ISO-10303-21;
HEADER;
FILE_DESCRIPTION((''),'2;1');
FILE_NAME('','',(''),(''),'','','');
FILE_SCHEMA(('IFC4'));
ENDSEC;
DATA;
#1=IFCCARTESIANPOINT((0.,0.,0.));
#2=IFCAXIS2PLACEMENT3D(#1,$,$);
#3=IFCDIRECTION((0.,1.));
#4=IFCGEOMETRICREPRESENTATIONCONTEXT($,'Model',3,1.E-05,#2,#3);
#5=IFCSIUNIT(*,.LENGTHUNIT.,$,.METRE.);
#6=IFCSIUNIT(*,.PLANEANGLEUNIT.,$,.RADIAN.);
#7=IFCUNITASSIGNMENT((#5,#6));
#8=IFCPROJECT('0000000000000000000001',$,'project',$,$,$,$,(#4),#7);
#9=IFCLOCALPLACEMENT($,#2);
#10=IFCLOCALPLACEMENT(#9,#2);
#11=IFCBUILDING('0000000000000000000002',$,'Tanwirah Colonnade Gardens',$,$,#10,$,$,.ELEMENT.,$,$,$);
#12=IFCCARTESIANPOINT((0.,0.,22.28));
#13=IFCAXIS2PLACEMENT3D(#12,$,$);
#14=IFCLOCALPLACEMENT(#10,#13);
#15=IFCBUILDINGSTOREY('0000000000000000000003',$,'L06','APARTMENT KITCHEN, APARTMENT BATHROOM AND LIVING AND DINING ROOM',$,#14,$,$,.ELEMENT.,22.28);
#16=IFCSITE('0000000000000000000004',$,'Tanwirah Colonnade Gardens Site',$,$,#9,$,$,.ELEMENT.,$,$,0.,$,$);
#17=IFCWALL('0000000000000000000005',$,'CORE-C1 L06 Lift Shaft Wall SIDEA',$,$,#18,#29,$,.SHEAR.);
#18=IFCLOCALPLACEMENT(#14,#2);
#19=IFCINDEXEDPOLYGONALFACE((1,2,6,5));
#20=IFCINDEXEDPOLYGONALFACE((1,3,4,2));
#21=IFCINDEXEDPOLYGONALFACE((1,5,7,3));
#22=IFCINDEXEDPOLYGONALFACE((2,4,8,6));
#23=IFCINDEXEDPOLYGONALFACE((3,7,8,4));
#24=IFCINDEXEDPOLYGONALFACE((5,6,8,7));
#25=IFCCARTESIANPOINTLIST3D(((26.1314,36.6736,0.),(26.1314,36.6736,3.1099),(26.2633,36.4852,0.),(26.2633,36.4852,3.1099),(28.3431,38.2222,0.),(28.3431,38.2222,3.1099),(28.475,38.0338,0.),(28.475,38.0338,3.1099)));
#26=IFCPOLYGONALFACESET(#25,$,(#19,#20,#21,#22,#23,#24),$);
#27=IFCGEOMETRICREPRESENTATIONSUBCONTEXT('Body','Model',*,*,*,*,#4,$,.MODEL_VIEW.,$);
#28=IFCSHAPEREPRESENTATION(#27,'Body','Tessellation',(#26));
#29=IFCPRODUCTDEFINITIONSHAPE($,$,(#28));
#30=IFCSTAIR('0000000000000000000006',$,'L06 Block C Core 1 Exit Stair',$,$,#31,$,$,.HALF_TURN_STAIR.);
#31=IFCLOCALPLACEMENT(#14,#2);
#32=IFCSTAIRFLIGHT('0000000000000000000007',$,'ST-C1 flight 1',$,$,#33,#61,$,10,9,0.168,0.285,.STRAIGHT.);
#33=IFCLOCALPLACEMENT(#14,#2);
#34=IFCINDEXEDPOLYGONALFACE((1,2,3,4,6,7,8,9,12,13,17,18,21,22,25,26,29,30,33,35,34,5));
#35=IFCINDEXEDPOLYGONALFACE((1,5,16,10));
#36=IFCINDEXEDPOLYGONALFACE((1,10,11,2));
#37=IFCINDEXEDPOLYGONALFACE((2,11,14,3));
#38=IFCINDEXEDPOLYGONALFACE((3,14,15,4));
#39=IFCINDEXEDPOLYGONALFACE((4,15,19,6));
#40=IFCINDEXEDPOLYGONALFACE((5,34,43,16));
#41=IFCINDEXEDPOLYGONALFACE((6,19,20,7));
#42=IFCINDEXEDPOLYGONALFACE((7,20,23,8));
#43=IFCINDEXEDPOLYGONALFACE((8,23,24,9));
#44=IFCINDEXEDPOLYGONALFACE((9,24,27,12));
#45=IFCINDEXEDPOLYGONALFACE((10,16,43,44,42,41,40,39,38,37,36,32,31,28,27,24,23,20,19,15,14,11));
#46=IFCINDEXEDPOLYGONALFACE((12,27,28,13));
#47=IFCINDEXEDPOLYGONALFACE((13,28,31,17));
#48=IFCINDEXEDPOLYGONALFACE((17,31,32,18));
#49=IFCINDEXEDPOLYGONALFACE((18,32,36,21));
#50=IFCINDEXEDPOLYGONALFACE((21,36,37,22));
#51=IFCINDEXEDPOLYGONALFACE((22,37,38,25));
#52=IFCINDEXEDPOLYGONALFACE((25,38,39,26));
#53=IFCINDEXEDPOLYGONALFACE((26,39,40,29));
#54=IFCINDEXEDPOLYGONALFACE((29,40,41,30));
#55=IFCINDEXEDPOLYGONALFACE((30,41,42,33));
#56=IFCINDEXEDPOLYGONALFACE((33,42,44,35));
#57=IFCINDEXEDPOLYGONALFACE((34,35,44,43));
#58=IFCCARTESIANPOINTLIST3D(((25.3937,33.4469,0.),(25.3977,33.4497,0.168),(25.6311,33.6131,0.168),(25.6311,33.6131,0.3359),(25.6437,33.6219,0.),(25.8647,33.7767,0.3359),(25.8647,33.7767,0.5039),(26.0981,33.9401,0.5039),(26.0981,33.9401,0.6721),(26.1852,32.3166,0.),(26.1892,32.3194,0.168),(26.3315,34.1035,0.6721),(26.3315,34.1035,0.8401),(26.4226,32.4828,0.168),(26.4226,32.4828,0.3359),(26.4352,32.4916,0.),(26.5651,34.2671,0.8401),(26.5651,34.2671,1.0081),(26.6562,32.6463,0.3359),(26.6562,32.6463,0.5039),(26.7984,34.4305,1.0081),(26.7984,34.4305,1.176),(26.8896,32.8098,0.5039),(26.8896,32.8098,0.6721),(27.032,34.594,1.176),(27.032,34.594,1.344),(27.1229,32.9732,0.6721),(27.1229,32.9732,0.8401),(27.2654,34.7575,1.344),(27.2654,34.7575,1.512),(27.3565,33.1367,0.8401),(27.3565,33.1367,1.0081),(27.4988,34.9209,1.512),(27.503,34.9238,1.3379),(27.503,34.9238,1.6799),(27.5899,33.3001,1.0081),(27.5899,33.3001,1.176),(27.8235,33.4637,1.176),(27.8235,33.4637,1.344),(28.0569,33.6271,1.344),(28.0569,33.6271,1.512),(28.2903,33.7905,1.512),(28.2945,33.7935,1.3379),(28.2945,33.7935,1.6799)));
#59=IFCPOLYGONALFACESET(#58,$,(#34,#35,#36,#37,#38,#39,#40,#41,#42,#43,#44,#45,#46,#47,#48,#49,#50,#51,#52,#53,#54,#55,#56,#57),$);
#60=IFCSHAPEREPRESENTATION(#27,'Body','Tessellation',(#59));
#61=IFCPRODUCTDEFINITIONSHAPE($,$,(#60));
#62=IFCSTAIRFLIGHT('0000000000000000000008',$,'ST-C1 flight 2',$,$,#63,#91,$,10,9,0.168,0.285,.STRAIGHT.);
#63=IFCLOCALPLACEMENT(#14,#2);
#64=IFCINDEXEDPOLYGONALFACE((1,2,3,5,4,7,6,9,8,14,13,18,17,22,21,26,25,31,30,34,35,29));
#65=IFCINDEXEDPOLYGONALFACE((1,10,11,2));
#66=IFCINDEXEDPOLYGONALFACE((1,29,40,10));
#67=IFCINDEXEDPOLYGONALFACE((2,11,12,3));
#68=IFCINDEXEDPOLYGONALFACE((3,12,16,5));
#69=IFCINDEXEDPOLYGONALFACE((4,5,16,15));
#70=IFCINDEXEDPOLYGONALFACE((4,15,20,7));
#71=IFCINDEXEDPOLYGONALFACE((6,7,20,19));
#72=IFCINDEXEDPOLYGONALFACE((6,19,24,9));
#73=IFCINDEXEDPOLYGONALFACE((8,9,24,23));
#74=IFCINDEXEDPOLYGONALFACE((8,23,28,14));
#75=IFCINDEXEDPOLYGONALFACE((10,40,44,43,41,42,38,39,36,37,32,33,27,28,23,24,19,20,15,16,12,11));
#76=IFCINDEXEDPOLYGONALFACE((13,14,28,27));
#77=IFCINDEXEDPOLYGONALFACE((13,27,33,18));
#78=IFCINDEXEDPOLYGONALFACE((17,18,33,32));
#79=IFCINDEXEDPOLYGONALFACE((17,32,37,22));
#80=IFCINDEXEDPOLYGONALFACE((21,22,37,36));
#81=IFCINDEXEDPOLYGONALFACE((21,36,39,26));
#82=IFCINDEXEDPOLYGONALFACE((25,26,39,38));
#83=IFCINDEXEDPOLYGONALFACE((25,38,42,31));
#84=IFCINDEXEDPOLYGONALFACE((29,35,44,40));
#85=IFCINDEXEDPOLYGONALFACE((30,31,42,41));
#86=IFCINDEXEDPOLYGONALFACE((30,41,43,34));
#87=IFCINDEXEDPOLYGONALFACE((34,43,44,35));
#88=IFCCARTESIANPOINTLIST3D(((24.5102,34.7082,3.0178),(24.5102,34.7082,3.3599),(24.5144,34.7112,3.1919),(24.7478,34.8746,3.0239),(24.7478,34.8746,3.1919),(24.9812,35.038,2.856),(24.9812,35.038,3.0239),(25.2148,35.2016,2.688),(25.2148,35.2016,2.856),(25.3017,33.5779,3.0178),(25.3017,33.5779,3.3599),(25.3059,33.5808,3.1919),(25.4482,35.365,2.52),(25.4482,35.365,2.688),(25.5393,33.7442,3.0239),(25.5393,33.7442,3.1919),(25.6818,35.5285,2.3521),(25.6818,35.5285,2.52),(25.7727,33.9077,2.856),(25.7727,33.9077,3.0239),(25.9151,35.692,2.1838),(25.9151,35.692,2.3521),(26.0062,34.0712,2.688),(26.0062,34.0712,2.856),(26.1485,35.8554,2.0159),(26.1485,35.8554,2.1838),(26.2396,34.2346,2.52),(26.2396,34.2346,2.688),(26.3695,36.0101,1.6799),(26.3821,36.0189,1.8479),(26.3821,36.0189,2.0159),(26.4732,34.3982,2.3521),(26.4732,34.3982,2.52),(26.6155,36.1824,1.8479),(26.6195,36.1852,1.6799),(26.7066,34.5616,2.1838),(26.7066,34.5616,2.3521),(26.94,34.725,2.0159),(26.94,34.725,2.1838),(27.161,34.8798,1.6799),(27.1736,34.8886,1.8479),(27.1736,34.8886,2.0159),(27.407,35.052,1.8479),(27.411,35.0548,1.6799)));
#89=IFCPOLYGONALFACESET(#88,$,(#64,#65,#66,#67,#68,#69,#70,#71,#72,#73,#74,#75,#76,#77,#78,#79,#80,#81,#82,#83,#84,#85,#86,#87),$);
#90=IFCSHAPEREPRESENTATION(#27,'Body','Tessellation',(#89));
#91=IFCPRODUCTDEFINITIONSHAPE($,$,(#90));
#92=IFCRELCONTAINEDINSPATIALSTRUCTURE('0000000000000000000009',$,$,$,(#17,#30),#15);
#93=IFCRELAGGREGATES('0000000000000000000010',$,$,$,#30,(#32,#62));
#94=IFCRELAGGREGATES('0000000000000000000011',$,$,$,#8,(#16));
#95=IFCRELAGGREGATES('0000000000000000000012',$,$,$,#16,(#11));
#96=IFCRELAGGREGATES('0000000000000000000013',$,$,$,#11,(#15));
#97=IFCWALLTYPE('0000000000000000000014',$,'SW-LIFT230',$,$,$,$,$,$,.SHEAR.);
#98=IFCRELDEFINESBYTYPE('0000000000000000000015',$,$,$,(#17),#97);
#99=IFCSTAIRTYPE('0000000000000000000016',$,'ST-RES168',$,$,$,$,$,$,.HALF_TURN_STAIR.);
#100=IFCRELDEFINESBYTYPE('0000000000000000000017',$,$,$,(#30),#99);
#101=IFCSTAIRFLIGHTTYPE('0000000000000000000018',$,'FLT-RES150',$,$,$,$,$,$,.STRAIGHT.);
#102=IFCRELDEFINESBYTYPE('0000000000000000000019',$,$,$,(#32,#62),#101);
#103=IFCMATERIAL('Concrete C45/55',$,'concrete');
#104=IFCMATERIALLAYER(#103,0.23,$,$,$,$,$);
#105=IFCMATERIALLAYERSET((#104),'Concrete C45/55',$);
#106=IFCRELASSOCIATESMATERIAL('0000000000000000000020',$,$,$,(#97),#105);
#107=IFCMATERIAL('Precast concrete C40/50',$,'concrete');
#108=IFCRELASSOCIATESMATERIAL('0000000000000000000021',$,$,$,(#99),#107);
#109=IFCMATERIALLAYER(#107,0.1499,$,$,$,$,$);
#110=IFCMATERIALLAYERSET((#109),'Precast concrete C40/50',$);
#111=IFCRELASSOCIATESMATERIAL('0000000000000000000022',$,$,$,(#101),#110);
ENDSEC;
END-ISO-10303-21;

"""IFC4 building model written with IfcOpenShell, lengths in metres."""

from ifc_helpers import new_model, si_unit, direction, frame, frame_2d, origin, place, context, subcontext, project, spatial, polyline, rectangle, outline, extrude, material, layer, layer_set, type_object, element, aggregate, save


model = new_model("IFC4")

# Units and contexts
model_context = context("Model", 3, precision=1e-05, world=origin(), true_north=direction((0.0, 1.0)))
body_context = subcontext(model_context, "Body", "Model", "MODEL_VIEW")
ifc_project = project(units=[si_unit("LENGTHUNIT", "METRE"), si_unit("PLANEANGLEUNIT", "RADIAN")], contexts=[model_context])

# Site, building, storey
site_placement = place(None, origin())
site = spatial("IfcSite", under=ifc_project, at=site_placement, Name="Tanwirah Colonnade Gardens Site", CompositionType="ELEMENT", RefElevation=0.0)
building_placement = place(site_placement, origin())
building = spatial("IfcBuilding", under=site, at=building_placement, Name="Tanwirah Colonnade Gardens", CompositionType="ELEMENT")
storey_placement = place(building_placement, frame((0.0, 0.0, 22.28)))
storey = spatial("IfcBuildingStorey", under=building, at=storey_placement, Name="L06", Description="APARTMENT KITCHEN, APARTMENT BATHROOM AND LIVING AND DINING ROOM", CompositionType="ELEMENT", Elevation=22.28)

# Shared definitions
ifc_material_1 = material(Name="Precast concrete C40/50", Category="concrete")

# Shared definitions
ifc_material_2 = material(Name="Concrete C45/55", Category="concrete")

# Shared definitions
ifc_layer_1 = layer(ifc_material_2, 0.23)
ifc_layer_set_1 = layer_set([ifc_layer_1], Name="Concrete C45/55")
wall_type_1 = type_object("IfcWallType", Name="SW-LIFT230", PredefinedType="SHEAR", material=ifc_layer_set_1)

# Wall
wall_1_placement = place(storey_placement, frame((26.1973, 36.5793, 0.0), z_axis=(0.0, 0.0, 1.0), x_axis=(0.81916, 0.573566, 0.0)))
element("IfcWall", 1, at=wall_1_placement, inside=storey, type_object=wall_type_1, Name="CORE-C1 L06 Lift Shaft Wall SIDEA", PredefinedType="SHEAR", context=body_context, shape_type="SweptSolid", body=[
    extrude(rectangle(XDim=2.7, YDim=0.23, at=frame_2d((1.3501, 0.0))), origin(), (0.0, 0.0, 1.0), 3.1099),
])

# Stair, stair flights
stair_type = type_object("IfcStairType", Name="ST-RES168", PredefinedType="HALF_TURN_STAIR", material=ifc_material_1)
stair_placement = place(storey_placement, origin())
stair = element("IfcStair", 2, at=stair_placement, inside=storey, type_object=stair_type, Name="L06 Block C Core 1 Exit Stair", PredefinedType="HALF_TURN_STAIR")
ifc_layer_2 = layer(ifc_material_1, 0.1499)
ifc_layer_set_2 = layer_set([ifc_layer_2], Name="Precast concrete C40/50")
stair_flight_type = type_object("IfcStairFlightType", Name="FLT-RES150", PredefinedType="STRAIGHT", material=ifc_layer_set_2)
stair_flight_1_placement = place(storey_placement, frame((25.7935, 32.8845, 0.0), z_axis=(0.0, 0.0, 1.0), x_axis=(0.819152, 0.573576, 0.0)))
stair_flight_1 = element("IfcStairFlight", 3, at=stair_flight_1_placement, type_object=stair_flight_type, Name="ST-C1 flight 1", NumberOfRisers=10, NumberOfTreads=9, PredefinedType="STRAIGHT", RiserHeight=0.168, TreadLength=0.285, context=body_context, shape_type="SweptSolid", body=[
    extrude(outline(polyline([(-0.0049, 0.0), (0.0, 0.168), (0.2849, 0.168), (0.2849, 0.3359), (0.5701, 0.3359), (0.5701, 0.5039), (0.855, 0.5039), (0.855, 0.6721), (1.1399, 0.6721), (1.1399, 0.8401), (1.425, 0.8401), (1.425, 1.0081), (1.71, 1.0081), (1.71, 1.176), (1.9951, 1.176), (1.9951, 1.344), (2.28, 1.344), (2.28, 1.512), (2.5649, 1.512), (2.5701, 1.6799), (2.5701, 1.3379), (0.3003, 0.0), (-0.0049, 0.0)])), frame((0.0, 0.6899, 0.0), z_axis=(0.0, -1.0, 0.0), x_axis=(1.0, 0.0, 0.0)), (0.0, 0.0, 1.0), 1.3799),
])
stair_flight_2_placement = place(storey_placement, frame((27.0112, 35.6172, 1.6799), z_axis=(0.0, 0.0, 1.0), x_axis=(-0.819152, -0.573576, 0.0)))
stair_flight_2 = element("IfcStairFlight", 4, at=stair_flight_2_placement, type_object=stair_flight_type, Name="ST-C1 flight 2", NumberOfRisers=10, NumberOfTreads=9, PredefinedType="STRAIGHT", RiserHeight=0.168, TreadLength=0.285, context=body_context, shape_type="SweptSolid", body=[
    extrude(outline(polyline([(-0.0049, 0.0), (0.0, 0.168), (0.2849, 0.168), (0.2849, 0.3359), (0.5701, 0.3359), (0.5701, 0.5039), (0.855, 0.5039), (0.855, 0.6721), (1.1399, 0.6721), (1.1399, 0.8401), (1.425, 0.8401), (1.425, 1.0081), (1.71, 1.0081), (1.71, 1.176), (1.9951, 1.176), (1.9951, 1.344), (2.28, 1.344), (2.28, 1.512), (2.5649, 1.512), (2.5701, 1.6799), (2.5701, 1.3379), (0.3003, 0.0), (-0.0049, 0.0)])), frame((0.0, 0.6899, 0.0), z_axis=(0.0, -1.0, 0.0), x_axis=(1.0, 0.0, 0.0)), (0.0, 0.0, 1.0), 1.3799),
])
aggregate(stair, [stair_flight_1, stair_flight_2])

save(model, "model.ifc")
